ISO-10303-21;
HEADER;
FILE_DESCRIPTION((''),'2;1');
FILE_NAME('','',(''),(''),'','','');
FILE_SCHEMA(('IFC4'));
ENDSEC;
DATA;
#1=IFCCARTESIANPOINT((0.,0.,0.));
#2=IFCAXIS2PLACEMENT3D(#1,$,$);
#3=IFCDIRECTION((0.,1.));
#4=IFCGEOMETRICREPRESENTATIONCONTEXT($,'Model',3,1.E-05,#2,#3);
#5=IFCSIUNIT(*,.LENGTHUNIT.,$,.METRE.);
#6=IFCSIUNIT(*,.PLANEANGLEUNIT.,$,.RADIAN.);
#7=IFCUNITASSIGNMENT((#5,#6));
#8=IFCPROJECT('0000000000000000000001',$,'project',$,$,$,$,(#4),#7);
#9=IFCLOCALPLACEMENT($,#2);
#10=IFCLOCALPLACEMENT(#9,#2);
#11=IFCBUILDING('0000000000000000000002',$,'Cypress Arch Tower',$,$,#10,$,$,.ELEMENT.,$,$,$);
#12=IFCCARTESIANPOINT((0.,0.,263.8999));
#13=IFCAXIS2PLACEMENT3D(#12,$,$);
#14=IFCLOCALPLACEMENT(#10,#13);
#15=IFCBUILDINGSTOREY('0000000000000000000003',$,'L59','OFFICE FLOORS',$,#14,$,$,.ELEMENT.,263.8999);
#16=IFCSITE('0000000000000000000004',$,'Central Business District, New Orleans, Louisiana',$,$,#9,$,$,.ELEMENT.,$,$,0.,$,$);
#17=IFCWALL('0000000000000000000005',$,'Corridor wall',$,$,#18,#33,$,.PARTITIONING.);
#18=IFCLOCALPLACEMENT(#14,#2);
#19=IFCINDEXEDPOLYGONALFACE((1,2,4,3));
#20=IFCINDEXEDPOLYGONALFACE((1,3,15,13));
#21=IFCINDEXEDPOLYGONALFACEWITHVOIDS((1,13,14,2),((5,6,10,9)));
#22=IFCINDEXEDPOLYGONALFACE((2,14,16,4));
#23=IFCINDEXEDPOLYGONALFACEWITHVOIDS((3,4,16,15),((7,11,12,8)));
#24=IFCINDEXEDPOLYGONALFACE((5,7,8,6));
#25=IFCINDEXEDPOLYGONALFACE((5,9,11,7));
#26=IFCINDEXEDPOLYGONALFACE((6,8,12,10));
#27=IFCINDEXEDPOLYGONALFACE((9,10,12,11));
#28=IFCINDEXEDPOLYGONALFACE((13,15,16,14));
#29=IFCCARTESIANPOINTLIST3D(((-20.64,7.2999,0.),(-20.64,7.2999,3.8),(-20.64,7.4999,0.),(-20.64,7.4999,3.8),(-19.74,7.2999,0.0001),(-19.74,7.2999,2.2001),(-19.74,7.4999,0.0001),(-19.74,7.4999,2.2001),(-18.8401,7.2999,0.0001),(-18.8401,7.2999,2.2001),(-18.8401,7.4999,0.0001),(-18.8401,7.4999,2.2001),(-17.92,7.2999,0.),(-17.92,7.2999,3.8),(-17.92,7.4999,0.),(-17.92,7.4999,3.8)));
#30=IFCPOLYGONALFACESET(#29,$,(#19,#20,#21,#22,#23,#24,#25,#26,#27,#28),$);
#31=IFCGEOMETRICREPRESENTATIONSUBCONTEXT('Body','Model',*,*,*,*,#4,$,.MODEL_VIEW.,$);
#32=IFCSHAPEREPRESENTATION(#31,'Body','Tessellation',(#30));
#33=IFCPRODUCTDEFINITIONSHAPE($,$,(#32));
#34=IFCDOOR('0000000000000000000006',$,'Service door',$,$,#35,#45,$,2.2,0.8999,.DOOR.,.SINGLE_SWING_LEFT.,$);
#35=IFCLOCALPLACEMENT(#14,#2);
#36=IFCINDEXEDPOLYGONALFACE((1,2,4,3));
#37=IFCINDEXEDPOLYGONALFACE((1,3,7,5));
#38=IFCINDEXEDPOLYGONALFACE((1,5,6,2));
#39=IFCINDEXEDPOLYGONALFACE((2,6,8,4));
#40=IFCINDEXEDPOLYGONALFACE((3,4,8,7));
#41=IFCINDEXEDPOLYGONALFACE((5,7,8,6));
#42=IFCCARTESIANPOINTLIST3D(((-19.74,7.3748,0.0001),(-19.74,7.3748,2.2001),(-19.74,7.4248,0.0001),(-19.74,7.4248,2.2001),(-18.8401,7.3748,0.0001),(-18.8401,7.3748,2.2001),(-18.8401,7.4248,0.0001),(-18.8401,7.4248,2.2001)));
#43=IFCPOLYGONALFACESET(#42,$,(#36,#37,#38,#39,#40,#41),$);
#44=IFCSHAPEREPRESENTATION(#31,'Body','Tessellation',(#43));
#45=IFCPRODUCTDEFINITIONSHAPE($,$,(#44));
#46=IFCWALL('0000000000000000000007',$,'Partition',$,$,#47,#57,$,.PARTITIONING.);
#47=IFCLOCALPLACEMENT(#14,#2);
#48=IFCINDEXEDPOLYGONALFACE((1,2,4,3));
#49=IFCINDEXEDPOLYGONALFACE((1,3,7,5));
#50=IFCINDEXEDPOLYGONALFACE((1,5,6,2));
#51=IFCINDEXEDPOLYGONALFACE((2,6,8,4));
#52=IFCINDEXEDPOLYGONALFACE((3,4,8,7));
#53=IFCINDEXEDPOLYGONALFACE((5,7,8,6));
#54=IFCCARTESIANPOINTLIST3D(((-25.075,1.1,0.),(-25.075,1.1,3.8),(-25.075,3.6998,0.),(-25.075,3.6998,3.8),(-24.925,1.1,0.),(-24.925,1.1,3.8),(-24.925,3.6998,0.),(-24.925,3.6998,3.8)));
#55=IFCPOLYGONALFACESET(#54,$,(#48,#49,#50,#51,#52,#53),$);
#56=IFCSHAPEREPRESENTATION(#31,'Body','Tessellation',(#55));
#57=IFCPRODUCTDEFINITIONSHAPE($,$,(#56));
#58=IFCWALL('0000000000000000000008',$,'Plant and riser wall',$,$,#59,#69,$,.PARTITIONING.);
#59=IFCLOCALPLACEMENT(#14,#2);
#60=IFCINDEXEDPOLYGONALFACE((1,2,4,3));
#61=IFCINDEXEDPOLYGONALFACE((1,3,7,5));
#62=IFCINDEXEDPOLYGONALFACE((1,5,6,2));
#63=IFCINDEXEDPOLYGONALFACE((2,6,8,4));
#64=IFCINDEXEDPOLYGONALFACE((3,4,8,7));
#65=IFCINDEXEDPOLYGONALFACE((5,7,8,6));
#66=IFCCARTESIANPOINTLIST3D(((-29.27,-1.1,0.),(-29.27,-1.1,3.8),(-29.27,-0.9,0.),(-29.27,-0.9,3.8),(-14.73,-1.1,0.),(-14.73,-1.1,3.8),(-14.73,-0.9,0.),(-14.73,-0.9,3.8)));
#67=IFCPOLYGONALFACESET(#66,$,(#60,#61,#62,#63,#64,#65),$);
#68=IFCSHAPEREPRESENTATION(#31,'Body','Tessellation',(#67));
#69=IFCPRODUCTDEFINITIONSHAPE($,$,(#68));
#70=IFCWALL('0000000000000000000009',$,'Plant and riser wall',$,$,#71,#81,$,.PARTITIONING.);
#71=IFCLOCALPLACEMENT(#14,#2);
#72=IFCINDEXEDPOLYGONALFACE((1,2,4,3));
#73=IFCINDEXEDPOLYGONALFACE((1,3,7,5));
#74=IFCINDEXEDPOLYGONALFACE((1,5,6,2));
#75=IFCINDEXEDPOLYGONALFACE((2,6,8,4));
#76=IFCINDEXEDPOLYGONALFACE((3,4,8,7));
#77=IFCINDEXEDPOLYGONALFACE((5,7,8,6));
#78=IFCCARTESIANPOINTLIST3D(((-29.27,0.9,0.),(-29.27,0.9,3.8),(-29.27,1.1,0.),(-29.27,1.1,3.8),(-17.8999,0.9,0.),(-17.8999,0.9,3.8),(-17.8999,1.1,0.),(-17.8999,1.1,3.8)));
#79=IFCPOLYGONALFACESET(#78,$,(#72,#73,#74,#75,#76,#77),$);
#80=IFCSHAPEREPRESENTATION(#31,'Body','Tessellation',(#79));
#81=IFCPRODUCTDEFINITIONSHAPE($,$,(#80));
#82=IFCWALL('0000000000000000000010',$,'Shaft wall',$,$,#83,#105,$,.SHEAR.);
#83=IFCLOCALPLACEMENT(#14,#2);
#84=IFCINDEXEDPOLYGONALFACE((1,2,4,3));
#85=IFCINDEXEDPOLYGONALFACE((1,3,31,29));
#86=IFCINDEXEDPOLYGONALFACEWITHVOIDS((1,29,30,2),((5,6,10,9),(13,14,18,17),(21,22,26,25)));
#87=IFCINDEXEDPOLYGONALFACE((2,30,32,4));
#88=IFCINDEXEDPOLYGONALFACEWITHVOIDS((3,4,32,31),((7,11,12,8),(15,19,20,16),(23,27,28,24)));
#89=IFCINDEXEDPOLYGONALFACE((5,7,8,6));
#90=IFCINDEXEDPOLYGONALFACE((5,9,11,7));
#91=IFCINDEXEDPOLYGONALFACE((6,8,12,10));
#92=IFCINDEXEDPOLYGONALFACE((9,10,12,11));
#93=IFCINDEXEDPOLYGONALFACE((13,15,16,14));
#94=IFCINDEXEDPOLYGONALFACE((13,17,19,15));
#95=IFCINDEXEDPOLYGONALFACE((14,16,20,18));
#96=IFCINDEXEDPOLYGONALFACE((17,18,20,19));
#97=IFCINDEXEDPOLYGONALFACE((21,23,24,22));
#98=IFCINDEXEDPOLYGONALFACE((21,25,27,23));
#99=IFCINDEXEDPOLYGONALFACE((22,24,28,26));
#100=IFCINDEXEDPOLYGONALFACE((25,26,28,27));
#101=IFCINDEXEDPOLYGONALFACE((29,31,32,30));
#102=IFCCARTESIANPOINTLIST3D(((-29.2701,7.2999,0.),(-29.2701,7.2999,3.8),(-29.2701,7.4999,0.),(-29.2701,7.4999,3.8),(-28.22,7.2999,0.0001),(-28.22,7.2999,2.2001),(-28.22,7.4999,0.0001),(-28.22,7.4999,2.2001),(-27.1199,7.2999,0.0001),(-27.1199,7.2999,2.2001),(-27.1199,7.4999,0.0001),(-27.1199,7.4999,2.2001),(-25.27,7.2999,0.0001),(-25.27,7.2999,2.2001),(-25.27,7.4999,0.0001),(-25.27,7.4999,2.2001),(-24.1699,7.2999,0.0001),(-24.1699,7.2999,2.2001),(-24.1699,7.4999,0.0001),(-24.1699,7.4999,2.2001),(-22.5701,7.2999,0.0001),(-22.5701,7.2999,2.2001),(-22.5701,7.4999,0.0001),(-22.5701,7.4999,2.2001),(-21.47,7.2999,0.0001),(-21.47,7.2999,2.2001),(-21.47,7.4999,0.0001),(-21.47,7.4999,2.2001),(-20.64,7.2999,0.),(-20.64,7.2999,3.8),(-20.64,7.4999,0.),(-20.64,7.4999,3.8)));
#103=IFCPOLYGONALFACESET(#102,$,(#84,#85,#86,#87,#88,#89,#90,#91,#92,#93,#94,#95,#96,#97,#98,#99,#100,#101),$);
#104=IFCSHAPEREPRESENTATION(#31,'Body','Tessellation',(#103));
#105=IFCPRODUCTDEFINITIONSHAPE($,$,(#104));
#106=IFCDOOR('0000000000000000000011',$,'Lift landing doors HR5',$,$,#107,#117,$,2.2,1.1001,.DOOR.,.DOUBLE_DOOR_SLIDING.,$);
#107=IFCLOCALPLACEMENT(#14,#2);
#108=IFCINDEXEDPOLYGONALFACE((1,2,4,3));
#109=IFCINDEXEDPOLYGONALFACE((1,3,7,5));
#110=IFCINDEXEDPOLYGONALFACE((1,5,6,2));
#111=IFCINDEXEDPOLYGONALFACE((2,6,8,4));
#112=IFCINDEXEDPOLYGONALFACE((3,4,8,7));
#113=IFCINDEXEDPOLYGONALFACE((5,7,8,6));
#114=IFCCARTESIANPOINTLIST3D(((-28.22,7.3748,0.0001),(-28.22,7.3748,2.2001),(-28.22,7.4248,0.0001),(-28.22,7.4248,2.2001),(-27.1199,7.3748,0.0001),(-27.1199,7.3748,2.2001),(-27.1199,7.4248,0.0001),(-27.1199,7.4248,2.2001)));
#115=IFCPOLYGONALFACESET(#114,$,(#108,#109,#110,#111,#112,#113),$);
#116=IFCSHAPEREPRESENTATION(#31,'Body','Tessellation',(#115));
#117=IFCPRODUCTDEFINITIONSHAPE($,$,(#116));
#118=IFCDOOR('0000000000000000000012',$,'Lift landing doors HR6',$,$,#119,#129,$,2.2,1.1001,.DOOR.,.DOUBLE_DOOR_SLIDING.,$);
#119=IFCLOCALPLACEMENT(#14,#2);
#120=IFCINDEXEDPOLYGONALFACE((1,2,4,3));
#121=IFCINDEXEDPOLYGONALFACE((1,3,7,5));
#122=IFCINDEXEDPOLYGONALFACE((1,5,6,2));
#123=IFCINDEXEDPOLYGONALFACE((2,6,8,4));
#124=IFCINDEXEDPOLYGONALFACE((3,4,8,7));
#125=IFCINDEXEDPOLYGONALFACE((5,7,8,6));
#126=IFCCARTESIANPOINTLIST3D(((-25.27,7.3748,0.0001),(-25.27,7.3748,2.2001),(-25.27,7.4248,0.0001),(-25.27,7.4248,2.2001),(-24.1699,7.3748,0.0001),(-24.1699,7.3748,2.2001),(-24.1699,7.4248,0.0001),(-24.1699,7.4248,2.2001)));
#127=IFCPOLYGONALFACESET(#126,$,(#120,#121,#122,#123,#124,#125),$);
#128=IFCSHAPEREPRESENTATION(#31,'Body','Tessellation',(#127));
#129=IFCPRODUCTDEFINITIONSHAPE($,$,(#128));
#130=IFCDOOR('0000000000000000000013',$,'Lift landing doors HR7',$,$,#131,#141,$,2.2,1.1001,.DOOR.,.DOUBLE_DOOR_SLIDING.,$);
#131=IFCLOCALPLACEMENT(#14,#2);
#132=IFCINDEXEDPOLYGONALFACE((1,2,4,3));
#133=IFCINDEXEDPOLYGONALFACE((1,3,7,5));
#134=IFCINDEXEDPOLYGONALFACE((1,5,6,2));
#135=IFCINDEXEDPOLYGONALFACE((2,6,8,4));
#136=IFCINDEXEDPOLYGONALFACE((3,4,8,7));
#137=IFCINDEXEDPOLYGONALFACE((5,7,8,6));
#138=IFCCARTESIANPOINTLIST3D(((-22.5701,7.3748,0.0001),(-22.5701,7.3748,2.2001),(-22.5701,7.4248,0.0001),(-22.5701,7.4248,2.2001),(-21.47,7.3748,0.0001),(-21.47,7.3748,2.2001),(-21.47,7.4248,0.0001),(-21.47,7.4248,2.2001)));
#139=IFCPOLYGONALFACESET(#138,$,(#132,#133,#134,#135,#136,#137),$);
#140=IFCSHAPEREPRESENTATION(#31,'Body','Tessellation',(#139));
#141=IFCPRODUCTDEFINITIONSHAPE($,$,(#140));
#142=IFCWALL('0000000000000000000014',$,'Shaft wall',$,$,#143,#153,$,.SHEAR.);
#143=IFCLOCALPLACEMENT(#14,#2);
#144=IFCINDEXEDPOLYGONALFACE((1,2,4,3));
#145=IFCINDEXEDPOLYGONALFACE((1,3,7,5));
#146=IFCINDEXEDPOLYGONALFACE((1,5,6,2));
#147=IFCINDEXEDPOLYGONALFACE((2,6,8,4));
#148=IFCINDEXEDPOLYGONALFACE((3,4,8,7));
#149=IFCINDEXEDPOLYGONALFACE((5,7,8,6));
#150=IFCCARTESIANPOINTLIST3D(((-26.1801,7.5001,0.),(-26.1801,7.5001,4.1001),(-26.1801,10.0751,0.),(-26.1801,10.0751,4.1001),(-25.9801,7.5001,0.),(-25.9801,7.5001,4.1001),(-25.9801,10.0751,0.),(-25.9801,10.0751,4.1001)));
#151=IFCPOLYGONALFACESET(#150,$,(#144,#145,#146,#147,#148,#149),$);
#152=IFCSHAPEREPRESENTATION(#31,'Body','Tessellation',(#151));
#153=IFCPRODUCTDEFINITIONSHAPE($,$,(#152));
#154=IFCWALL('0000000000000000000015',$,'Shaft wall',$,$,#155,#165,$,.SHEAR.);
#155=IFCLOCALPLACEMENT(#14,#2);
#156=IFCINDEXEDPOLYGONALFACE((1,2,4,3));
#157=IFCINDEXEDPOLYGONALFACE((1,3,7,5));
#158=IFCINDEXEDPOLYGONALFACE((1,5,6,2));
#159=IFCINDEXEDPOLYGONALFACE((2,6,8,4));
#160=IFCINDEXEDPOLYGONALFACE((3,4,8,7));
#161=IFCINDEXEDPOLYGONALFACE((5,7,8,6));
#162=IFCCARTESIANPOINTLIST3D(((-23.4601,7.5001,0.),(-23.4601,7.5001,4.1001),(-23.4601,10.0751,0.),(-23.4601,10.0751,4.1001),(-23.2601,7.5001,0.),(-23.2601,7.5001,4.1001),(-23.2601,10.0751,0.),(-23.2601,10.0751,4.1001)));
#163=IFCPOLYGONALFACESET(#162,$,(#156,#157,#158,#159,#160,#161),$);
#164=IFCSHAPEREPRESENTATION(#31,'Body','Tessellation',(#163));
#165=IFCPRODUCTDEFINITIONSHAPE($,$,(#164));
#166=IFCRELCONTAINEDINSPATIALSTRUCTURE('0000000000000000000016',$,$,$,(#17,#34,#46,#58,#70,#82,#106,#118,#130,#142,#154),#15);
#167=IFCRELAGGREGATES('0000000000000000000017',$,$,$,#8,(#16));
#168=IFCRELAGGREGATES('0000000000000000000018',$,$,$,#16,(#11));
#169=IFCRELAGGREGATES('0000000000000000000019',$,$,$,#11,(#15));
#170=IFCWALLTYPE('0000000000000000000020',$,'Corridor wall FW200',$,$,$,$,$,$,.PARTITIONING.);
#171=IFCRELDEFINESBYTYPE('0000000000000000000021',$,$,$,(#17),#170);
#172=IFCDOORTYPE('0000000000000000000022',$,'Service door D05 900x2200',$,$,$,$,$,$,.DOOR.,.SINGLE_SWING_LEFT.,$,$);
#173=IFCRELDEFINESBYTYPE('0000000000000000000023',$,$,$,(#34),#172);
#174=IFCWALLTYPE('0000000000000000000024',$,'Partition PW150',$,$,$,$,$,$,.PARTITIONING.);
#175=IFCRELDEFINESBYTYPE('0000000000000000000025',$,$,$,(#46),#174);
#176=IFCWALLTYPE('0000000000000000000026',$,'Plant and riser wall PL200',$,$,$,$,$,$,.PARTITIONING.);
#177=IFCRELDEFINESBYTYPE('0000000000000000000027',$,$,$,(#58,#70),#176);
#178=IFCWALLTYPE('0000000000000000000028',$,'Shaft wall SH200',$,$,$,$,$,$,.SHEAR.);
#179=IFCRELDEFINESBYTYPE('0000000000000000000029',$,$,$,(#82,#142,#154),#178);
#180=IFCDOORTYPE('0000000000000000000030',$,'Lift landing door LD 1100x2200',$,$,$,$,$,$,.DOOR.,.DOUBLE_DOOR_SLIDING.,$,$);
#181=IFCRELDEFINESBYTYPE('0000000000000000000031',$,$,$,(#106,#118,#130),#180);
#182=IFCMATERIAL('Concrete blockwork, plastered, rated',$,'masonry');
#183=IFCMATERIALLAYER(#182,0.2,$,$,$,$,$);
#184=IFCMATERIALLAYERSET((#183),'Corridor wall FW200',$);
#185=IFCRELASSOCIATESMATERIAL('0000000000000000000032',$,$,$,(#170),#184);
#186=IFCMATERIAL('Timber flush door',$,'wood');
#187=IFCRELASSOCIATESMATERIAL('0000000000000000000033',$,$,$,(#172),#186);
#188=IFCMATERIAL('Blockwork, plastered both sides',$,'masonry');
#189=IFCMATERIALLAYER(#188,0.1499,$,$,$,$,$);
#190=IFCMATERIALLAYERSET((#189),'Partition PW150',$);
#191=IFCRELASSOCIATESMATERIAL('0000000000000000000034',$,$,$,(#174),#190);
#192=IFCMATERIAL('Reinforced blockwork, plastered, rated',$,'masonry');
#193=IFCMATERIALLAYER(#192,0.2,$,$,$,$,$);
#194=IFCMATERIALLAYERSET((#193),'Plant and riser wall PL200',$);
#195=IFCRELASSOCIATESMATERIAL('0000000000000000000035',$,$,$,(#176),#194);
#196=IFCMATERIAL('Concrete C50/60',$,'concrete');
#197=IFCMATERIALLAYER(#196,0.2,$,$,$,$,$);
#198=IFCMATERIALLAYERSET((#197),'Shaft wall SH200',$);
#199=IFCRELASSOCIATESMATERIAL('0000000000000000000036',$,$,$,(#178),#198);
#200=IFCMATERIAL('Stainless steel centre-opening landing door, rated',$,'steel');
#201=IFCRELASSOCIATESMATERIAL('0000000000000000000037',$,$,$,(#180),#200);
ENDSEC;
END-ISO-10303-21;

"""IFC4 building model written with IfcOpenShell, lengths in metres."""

from ifc_helpers import new_model, si_unit, direction, frame, frame_2d, origin, place, context, subcontext, project, spatial, rectangle, extrude, material, layer, layer_set, type_object, element, fill, save


model = new_model("IFC4")

# Units and contexts
model_context = context("Model", 3, precision=1e-05, world=origin(), true_north=direction((0.0, 1.0)))
body_context = subcontext(model_context, "Body", "Model", "MODEL_VIEW")
ifc_project = project(units=[si_unit("LENGTHUNIT", "METRE"), si_unit("PLANEANGLEUNIT", "RADIAN")], contexts=[model_context])

# Site, building, storey
site_placement = place(None, origin())
site = spatial("IfcSite", under=ifc_project, at=site_placement, Name="Central Business District, New Orleans, Louisiana", CompositionType="ELEMENT", RefElevation=0.0)
building_placement = place(site_placement, origin())
building = spatial("IfcBuilding", under=site, at=building_placement, Name="Cypress Arch Tower", CompositionType="ELEMENT")
storey_placement = place(building_placement, frame((0.0, 0.0, 263.8999)))
storey = spatial("IfcBuildingStorey", under=building, at=storey_placement, Name="L59", Description="OFFICE FLOORS", CompositionType="ELEMENT", Elevation=263.8999)

# Shared definitions
ifc_material_1 = material(Name="Concrete blockwork, plastered, rated", Category="masonry")
ifc_layer_1 = layer(ifc_material_1, 0.2)
ifc_layer_set_1 = layer_set([ifc_layer_1], Name="Corridor wall FW200")
wall_type_1 = type_object("IfcWallType", Name="Corridor wall FW200", PredefinedType="PARTITIONING", material=ifc_layer_set_1)
ifc_material_2 = material(Name="Timber flush door", Category="wood")
door_type_1 = type_object("IfcDoorType", Name="Service door D05 900x2200", OperationType="SINGLE_SWING_LEFT", PredefinedType="DOOR", material=ifc_material_2)

# Wall, opening, door
wall_1_placement = place(storey_placement, frame((-20.6399, 7.3999, 0.0), z_axis=(0.0, 0.0, 1.0), x_axis=(1.0, 0.0, 0.0)))
wall_1 = element("IfcWall", 1, at=wall_1_placement, inside=storey, type_object=wall_type_1, Name="Corridor wall", PredefinedType="PARTITIONING", context=body_context, shape_type="SweptSolid", body=[
    extrude(rectangle(XDim=2.72, YDim=0.2, at=frame_2d((1.3599, 0.0))), origin(), (0.0, 0.0, 1.0), 3.8),
])
opening_1_placement = place(wall_1_placement, frame((0.8999, 0.0, 0.0)))
opening_1 = element("IfcOpeningElement", 2, at=opening_1_placement, cuts=wall_1, PredefinedType="OPENING", context=body_context, shape_type="SweptSolid", body=[
    extrude(rectangle(XDim=0.8999, YDim=2.2, at=frame_2d((0.45, 1.1001))), frame((0.0, 0.1099, 0.0), z_axis=(0.0, -1.0, 0.0), x_axis=(1.0, 0.0, 0.0)), (0.0, 0.0, 1.0), 0.22),
])
door_1_placement = place(opening_1_placement, origin())
door_1 = element("IfcDoor", 3, at=door_1_placement, inside=storey, type_object=door_type_1, Name="Service door", OperationType="SINGLE_SWING_LEFT", OverallHeight=2.2, OverallWidth=0.8999, PredefinedType="DOOR", context=body_context, shape_type="SweptSolid", body=[
    extrude(rectangle(XDim=0.8999, YDim=2.2, at=frame_2d((0.45, 1.1001))), frame((0.0, 0.0249, 0.0), z_axis=(0.0, -1.0, 0.0), x_axis=(1.0, 0.0, 0.0)), (0.0, 0.0, 1.0), 0.05),
])
fill(opening_1, door_1)

# Walls
ifc_material_3 = material(Name="Blockwork, plastered both sides", Category="masonry")
ifc_layer_2 = layer(ifc_material_3, 0.1499)
ifc_layer_set_2 = layer_set([ifc_layer_2], Name="Partition PW150")
wall_type_2 = type_object("IfcWallType", Name="Partition PW150", PredefinedType="PARTITIONING", material=ifc_layer_set_2)
wall_2_placement = place(storey_placement, frame((-25.0, 1.1001, 0.0), z_axis=(0.0, 0.0, 1.0), x_axis=(0.0, 1.0, 0.0)))
element("IfcWall", 4, at=wall_2_placement, inside=storey, type_object=wall_type_2, Name="Partition", PredefinedType="PARTITIONING", context=body_context, shape_type="SweptSolid", body=[
    extrude(rectangle(XDim=2.5999, YDim=0.1499, at=frame_2d((1.2998, 0.0))), origin(), (0.0, 0.0, 1.0), 3.8),
])
ifc_material_4 = material(Name="Reinforced blockwork, plastered, rated", Category="masonry")
ifc_layer_3 = layer(ifc_material_4, 0.2)
ifc_layer_set_3 = layer_set([ifc_layer_3], Name="Plant and riser wall PL200")
wall_type_3 = type_object("IfcWallType", Name="Plant and riser wall PL200", PredefinedType="PARTITIONING", material=ifc_layer_set_3)
wall_3_placement = place(storey_placement, frame((-29.27, -1.0, 0.0), z_axis=(0.0, 0.0, 1.0), x_axis=(1.0, 0.0, 0.0)))
element("IfcWall", 5, at=wall_3_placement, inside=storey, type_object=wall_type_3, Name="Plant and riser wall", PredefinedType="PARTITIONING", context=body_context, shape_type="SweptSolid", body=[
    extrude(rectangle(XDim=14.54, YDim=0.2, at=frame_2d((7.27, 0.0))), origin(), (0.0, 0.0, 1.0), 3.8),
])
wall_4_placement = place(storey_placement, frame((-29.27, 1.0, 0.0), z_axis=(0.0, 0.0, 1.0), x_axis=(1.0, 0.0, 0.0)))
element("IfcWall", 6, at=wall_4_placement, inside=storey, type_object=wall_type_3, Name="Plant and riser wall", PredefinedType="PARTITIONING", context=body_context, shape_type="SweptSolid", body=[
    extrude(rectangle(XDim=11.3701, YDim=0.2, at=frame_2d((5.6851, 0.0))), origin(), (0.0, 0.0, 1.0), 3.8),
])

# Wall, openings, doors
ifc_material_5 = material(Name="Concrete C50/60", Category="concrete")
ifc_layer_4 = layer(ifc_material_5, 0.2)
ifc_layer_set_4 = layer_set([ifc_layer_4], Name="Shaft wall SH200")
wall_type_4 = type_object("IfcWallType", Name="Shaft wall SH200", PredefinedType="SHEAR", material=ifc_layer_set_4)
wall_5_placement = place(storey_placement, frame((-29.27, 7.3999, 0.0), z_axis=(0.0, 0.0, 1.0), x_axis=(1.0, 0.0, 0.0)))
wall_5 = element("IfcWall", 7, at=wall_5_placement, inside=storey, type_object=wall_type_4, Name="Shaft wall", PredefinedType="SHEAR", context=body_context, shape_type="SweptSolid", body=[
    extrude(rectangle(XDim=8.6301, YDim=0.2, at=frame_2d((4.3149, 0.0))), origin(), (0.0, 0.0, 1.0), 3.8),
])
opening_2_placement = place(wall_5_placement, frame((1.05, 0.0, 0.0)))
opening_2 = element("IfcOpeningElement", 8, at=opening_2_placement, cuts=wall_5, PredefinedType="OPENING", context=body_context, shape_type="SweptSolid", body=[
    extrude(rectangle(XDim=1.1001, YDim=2.2, at=frame_2d((0.55, 1.1001))), frame((0.0, 0.1099, 0.0), z_axis=(0.0, -1.0, 0.0), x_axis=(1.0, 0.0, 0.0)), (0.0, 0.0, 1.0), 0.22),
])
opening_3_placement = place(wall_5_placement, frame((4.0, 0.0, 0.0)))
opening_3 = element("IfcOpeningElement", 9, at=opening_3_placement, cuts=wall_5, PredefinedType="OPENING", context=body_context, shape_type="SweptSolid", body=[
    extrude(rectangle(XDim=1.1001, YDim=2.2, at=frame_2d((0.55, 1.1001))), frame((0.0, 0.1099, 0.0), z_axis=(0.0, -1.0, 0.0), x_axis=(1.0, 0.0, 0.0)), (0.0, 0.0, 1.0), 0.22),
])
opening_4_placement = place(wall_5_placement, frame((6.7, 0.0, 0.0)))
opening_4 = element("IfcOpeningElement", 10, at=opening_4_placement, cuts=wall_5, PredefinedType="OPENING", context=body_context, shape_type="SweptSolid", body=[
    extrude(rectangle(XDim=1.1001, YDim=2.2, at=frame_2d((0.55, 1.1001))), frame((0.0, 0.1099, 0.0), z_axis=(0.0, -1.0, 0.0), x_axis=(1.0, 0.0, 0.0)), (0.0, 0.0, 1.0), 0.22),
])
ifc_material_6 = material(Name="Stainless steel centre-opening landing door, rated", Category="steel")
door_type_2 = type_object("IfcDoorType", Name="Lift landing door LD 1100x2200", OperationType="DOUBLE_DOOR_SLIDING", PredefinedType="DOOR", material=ifc_material_6)
door_2_placement = place(opening_2_placement, origin())
door_2 = element("IfcDoor", 11, at=door_2_placement, inside=storey, type_object=door_type_2, Name="Lift landing doors HR5", OperationType="DOUBLE_DOOR_SLIDING", OverallHeight=2.2, OverallWidth=1.1001, PredefinedType="DOOR", context=body_context, shape_type="SweptSolid", body=[
    extrude(rectangle(XDim=1.1001, YDim=2.2, at=frame_2d((0.55, 1.1001))), frame((0.0, 0.0249, 0.0), z_axis=(0.0, -1.0, 0.0), x_axis=(1.0, 0.0, 0.0)), (0.0, 0.0, 1.0), 0.05),
])
fill(opening_2, door_2)
door_3_placement = place(opening_3_placement, origin())
door_3 = element("IfcDoor", 12, at=door_3_placement, inside=storey, type_object=door_type_2, Name="Lift landing doors HR6", OperationType="DOUBLE_DOOR_SLIDING", OverallHeight=2.2, OverallWidth=1.1001, PredefinedType="DOOR", context=body_context, shape_type="SweptSolid", body=[
    extrude(rectangle(XDim=1.1001, YDim=2.2, at=frame_2d((0.55, 1.1001))), frame((0.0, 0.0249, 0.0), z_axis=(0.0, -1.0, 0.0), x_axis=(1.0, 0.0, 0.0)), (0.0, 0.0, 1.0), 0.05),
])
fill(opening_3, door_3)
door_4_placement = place(opening_4_placement, origin())
door_4 = element("IfcDoor", 13, at=door_4_placement, inside=storey, type_object=door_type_2, Name="Lift landing doors HR7", OperationType="DOUBLE_DOOR_SLIDING", OverallHeight=2.2, OverallWidth=1.1001, PredefinedType="DOOR", context=body_context, shape_type="SweptSolid", body=[
    extrude(rectangle(XDim=1.1001, YDim=2.2, at=frame_2d((0.55, 1.1001))), frame((0.0, 0.0249, 0.0), z_axis=(0.0, -1.0, 0.0), x_axis=(1.0, 0.0, 0.0)), (0.0, 0.0, 1.0), 0.05),
])
fill(opening_4, door_4)

# Walls
for number, where, z_axis, x_axis, name in (
    (14, (-26.0801, 7.5, 0.0), (0.0, 0.0, 1.0), (0.0, 1.0, 0.0), "Shaft wall"),
    (15, (-23.3601, 7.5, 0.0), (0.0, 0.0, 1.0), (0.0, 1.0, 0.0), "Shaft wall"),
):
    element("IfcWall", number, at=place(storey_placement, frame(where, z_axis=z_axis, x_axis=x_axis)), inside=storey, type_object=wall_type_4, Name=name, PredefinedType="SHEAR", context=body_context, shape_type="SweptSolid", body=[
        extrude(rectangle(XDim=2.575, YDim=0.2, at=frame_2d((1.2876, 0.0))), origin(), (0.0, 0.0, 1.0), 4.1001),
    ])

save(model, "model.ifc")
